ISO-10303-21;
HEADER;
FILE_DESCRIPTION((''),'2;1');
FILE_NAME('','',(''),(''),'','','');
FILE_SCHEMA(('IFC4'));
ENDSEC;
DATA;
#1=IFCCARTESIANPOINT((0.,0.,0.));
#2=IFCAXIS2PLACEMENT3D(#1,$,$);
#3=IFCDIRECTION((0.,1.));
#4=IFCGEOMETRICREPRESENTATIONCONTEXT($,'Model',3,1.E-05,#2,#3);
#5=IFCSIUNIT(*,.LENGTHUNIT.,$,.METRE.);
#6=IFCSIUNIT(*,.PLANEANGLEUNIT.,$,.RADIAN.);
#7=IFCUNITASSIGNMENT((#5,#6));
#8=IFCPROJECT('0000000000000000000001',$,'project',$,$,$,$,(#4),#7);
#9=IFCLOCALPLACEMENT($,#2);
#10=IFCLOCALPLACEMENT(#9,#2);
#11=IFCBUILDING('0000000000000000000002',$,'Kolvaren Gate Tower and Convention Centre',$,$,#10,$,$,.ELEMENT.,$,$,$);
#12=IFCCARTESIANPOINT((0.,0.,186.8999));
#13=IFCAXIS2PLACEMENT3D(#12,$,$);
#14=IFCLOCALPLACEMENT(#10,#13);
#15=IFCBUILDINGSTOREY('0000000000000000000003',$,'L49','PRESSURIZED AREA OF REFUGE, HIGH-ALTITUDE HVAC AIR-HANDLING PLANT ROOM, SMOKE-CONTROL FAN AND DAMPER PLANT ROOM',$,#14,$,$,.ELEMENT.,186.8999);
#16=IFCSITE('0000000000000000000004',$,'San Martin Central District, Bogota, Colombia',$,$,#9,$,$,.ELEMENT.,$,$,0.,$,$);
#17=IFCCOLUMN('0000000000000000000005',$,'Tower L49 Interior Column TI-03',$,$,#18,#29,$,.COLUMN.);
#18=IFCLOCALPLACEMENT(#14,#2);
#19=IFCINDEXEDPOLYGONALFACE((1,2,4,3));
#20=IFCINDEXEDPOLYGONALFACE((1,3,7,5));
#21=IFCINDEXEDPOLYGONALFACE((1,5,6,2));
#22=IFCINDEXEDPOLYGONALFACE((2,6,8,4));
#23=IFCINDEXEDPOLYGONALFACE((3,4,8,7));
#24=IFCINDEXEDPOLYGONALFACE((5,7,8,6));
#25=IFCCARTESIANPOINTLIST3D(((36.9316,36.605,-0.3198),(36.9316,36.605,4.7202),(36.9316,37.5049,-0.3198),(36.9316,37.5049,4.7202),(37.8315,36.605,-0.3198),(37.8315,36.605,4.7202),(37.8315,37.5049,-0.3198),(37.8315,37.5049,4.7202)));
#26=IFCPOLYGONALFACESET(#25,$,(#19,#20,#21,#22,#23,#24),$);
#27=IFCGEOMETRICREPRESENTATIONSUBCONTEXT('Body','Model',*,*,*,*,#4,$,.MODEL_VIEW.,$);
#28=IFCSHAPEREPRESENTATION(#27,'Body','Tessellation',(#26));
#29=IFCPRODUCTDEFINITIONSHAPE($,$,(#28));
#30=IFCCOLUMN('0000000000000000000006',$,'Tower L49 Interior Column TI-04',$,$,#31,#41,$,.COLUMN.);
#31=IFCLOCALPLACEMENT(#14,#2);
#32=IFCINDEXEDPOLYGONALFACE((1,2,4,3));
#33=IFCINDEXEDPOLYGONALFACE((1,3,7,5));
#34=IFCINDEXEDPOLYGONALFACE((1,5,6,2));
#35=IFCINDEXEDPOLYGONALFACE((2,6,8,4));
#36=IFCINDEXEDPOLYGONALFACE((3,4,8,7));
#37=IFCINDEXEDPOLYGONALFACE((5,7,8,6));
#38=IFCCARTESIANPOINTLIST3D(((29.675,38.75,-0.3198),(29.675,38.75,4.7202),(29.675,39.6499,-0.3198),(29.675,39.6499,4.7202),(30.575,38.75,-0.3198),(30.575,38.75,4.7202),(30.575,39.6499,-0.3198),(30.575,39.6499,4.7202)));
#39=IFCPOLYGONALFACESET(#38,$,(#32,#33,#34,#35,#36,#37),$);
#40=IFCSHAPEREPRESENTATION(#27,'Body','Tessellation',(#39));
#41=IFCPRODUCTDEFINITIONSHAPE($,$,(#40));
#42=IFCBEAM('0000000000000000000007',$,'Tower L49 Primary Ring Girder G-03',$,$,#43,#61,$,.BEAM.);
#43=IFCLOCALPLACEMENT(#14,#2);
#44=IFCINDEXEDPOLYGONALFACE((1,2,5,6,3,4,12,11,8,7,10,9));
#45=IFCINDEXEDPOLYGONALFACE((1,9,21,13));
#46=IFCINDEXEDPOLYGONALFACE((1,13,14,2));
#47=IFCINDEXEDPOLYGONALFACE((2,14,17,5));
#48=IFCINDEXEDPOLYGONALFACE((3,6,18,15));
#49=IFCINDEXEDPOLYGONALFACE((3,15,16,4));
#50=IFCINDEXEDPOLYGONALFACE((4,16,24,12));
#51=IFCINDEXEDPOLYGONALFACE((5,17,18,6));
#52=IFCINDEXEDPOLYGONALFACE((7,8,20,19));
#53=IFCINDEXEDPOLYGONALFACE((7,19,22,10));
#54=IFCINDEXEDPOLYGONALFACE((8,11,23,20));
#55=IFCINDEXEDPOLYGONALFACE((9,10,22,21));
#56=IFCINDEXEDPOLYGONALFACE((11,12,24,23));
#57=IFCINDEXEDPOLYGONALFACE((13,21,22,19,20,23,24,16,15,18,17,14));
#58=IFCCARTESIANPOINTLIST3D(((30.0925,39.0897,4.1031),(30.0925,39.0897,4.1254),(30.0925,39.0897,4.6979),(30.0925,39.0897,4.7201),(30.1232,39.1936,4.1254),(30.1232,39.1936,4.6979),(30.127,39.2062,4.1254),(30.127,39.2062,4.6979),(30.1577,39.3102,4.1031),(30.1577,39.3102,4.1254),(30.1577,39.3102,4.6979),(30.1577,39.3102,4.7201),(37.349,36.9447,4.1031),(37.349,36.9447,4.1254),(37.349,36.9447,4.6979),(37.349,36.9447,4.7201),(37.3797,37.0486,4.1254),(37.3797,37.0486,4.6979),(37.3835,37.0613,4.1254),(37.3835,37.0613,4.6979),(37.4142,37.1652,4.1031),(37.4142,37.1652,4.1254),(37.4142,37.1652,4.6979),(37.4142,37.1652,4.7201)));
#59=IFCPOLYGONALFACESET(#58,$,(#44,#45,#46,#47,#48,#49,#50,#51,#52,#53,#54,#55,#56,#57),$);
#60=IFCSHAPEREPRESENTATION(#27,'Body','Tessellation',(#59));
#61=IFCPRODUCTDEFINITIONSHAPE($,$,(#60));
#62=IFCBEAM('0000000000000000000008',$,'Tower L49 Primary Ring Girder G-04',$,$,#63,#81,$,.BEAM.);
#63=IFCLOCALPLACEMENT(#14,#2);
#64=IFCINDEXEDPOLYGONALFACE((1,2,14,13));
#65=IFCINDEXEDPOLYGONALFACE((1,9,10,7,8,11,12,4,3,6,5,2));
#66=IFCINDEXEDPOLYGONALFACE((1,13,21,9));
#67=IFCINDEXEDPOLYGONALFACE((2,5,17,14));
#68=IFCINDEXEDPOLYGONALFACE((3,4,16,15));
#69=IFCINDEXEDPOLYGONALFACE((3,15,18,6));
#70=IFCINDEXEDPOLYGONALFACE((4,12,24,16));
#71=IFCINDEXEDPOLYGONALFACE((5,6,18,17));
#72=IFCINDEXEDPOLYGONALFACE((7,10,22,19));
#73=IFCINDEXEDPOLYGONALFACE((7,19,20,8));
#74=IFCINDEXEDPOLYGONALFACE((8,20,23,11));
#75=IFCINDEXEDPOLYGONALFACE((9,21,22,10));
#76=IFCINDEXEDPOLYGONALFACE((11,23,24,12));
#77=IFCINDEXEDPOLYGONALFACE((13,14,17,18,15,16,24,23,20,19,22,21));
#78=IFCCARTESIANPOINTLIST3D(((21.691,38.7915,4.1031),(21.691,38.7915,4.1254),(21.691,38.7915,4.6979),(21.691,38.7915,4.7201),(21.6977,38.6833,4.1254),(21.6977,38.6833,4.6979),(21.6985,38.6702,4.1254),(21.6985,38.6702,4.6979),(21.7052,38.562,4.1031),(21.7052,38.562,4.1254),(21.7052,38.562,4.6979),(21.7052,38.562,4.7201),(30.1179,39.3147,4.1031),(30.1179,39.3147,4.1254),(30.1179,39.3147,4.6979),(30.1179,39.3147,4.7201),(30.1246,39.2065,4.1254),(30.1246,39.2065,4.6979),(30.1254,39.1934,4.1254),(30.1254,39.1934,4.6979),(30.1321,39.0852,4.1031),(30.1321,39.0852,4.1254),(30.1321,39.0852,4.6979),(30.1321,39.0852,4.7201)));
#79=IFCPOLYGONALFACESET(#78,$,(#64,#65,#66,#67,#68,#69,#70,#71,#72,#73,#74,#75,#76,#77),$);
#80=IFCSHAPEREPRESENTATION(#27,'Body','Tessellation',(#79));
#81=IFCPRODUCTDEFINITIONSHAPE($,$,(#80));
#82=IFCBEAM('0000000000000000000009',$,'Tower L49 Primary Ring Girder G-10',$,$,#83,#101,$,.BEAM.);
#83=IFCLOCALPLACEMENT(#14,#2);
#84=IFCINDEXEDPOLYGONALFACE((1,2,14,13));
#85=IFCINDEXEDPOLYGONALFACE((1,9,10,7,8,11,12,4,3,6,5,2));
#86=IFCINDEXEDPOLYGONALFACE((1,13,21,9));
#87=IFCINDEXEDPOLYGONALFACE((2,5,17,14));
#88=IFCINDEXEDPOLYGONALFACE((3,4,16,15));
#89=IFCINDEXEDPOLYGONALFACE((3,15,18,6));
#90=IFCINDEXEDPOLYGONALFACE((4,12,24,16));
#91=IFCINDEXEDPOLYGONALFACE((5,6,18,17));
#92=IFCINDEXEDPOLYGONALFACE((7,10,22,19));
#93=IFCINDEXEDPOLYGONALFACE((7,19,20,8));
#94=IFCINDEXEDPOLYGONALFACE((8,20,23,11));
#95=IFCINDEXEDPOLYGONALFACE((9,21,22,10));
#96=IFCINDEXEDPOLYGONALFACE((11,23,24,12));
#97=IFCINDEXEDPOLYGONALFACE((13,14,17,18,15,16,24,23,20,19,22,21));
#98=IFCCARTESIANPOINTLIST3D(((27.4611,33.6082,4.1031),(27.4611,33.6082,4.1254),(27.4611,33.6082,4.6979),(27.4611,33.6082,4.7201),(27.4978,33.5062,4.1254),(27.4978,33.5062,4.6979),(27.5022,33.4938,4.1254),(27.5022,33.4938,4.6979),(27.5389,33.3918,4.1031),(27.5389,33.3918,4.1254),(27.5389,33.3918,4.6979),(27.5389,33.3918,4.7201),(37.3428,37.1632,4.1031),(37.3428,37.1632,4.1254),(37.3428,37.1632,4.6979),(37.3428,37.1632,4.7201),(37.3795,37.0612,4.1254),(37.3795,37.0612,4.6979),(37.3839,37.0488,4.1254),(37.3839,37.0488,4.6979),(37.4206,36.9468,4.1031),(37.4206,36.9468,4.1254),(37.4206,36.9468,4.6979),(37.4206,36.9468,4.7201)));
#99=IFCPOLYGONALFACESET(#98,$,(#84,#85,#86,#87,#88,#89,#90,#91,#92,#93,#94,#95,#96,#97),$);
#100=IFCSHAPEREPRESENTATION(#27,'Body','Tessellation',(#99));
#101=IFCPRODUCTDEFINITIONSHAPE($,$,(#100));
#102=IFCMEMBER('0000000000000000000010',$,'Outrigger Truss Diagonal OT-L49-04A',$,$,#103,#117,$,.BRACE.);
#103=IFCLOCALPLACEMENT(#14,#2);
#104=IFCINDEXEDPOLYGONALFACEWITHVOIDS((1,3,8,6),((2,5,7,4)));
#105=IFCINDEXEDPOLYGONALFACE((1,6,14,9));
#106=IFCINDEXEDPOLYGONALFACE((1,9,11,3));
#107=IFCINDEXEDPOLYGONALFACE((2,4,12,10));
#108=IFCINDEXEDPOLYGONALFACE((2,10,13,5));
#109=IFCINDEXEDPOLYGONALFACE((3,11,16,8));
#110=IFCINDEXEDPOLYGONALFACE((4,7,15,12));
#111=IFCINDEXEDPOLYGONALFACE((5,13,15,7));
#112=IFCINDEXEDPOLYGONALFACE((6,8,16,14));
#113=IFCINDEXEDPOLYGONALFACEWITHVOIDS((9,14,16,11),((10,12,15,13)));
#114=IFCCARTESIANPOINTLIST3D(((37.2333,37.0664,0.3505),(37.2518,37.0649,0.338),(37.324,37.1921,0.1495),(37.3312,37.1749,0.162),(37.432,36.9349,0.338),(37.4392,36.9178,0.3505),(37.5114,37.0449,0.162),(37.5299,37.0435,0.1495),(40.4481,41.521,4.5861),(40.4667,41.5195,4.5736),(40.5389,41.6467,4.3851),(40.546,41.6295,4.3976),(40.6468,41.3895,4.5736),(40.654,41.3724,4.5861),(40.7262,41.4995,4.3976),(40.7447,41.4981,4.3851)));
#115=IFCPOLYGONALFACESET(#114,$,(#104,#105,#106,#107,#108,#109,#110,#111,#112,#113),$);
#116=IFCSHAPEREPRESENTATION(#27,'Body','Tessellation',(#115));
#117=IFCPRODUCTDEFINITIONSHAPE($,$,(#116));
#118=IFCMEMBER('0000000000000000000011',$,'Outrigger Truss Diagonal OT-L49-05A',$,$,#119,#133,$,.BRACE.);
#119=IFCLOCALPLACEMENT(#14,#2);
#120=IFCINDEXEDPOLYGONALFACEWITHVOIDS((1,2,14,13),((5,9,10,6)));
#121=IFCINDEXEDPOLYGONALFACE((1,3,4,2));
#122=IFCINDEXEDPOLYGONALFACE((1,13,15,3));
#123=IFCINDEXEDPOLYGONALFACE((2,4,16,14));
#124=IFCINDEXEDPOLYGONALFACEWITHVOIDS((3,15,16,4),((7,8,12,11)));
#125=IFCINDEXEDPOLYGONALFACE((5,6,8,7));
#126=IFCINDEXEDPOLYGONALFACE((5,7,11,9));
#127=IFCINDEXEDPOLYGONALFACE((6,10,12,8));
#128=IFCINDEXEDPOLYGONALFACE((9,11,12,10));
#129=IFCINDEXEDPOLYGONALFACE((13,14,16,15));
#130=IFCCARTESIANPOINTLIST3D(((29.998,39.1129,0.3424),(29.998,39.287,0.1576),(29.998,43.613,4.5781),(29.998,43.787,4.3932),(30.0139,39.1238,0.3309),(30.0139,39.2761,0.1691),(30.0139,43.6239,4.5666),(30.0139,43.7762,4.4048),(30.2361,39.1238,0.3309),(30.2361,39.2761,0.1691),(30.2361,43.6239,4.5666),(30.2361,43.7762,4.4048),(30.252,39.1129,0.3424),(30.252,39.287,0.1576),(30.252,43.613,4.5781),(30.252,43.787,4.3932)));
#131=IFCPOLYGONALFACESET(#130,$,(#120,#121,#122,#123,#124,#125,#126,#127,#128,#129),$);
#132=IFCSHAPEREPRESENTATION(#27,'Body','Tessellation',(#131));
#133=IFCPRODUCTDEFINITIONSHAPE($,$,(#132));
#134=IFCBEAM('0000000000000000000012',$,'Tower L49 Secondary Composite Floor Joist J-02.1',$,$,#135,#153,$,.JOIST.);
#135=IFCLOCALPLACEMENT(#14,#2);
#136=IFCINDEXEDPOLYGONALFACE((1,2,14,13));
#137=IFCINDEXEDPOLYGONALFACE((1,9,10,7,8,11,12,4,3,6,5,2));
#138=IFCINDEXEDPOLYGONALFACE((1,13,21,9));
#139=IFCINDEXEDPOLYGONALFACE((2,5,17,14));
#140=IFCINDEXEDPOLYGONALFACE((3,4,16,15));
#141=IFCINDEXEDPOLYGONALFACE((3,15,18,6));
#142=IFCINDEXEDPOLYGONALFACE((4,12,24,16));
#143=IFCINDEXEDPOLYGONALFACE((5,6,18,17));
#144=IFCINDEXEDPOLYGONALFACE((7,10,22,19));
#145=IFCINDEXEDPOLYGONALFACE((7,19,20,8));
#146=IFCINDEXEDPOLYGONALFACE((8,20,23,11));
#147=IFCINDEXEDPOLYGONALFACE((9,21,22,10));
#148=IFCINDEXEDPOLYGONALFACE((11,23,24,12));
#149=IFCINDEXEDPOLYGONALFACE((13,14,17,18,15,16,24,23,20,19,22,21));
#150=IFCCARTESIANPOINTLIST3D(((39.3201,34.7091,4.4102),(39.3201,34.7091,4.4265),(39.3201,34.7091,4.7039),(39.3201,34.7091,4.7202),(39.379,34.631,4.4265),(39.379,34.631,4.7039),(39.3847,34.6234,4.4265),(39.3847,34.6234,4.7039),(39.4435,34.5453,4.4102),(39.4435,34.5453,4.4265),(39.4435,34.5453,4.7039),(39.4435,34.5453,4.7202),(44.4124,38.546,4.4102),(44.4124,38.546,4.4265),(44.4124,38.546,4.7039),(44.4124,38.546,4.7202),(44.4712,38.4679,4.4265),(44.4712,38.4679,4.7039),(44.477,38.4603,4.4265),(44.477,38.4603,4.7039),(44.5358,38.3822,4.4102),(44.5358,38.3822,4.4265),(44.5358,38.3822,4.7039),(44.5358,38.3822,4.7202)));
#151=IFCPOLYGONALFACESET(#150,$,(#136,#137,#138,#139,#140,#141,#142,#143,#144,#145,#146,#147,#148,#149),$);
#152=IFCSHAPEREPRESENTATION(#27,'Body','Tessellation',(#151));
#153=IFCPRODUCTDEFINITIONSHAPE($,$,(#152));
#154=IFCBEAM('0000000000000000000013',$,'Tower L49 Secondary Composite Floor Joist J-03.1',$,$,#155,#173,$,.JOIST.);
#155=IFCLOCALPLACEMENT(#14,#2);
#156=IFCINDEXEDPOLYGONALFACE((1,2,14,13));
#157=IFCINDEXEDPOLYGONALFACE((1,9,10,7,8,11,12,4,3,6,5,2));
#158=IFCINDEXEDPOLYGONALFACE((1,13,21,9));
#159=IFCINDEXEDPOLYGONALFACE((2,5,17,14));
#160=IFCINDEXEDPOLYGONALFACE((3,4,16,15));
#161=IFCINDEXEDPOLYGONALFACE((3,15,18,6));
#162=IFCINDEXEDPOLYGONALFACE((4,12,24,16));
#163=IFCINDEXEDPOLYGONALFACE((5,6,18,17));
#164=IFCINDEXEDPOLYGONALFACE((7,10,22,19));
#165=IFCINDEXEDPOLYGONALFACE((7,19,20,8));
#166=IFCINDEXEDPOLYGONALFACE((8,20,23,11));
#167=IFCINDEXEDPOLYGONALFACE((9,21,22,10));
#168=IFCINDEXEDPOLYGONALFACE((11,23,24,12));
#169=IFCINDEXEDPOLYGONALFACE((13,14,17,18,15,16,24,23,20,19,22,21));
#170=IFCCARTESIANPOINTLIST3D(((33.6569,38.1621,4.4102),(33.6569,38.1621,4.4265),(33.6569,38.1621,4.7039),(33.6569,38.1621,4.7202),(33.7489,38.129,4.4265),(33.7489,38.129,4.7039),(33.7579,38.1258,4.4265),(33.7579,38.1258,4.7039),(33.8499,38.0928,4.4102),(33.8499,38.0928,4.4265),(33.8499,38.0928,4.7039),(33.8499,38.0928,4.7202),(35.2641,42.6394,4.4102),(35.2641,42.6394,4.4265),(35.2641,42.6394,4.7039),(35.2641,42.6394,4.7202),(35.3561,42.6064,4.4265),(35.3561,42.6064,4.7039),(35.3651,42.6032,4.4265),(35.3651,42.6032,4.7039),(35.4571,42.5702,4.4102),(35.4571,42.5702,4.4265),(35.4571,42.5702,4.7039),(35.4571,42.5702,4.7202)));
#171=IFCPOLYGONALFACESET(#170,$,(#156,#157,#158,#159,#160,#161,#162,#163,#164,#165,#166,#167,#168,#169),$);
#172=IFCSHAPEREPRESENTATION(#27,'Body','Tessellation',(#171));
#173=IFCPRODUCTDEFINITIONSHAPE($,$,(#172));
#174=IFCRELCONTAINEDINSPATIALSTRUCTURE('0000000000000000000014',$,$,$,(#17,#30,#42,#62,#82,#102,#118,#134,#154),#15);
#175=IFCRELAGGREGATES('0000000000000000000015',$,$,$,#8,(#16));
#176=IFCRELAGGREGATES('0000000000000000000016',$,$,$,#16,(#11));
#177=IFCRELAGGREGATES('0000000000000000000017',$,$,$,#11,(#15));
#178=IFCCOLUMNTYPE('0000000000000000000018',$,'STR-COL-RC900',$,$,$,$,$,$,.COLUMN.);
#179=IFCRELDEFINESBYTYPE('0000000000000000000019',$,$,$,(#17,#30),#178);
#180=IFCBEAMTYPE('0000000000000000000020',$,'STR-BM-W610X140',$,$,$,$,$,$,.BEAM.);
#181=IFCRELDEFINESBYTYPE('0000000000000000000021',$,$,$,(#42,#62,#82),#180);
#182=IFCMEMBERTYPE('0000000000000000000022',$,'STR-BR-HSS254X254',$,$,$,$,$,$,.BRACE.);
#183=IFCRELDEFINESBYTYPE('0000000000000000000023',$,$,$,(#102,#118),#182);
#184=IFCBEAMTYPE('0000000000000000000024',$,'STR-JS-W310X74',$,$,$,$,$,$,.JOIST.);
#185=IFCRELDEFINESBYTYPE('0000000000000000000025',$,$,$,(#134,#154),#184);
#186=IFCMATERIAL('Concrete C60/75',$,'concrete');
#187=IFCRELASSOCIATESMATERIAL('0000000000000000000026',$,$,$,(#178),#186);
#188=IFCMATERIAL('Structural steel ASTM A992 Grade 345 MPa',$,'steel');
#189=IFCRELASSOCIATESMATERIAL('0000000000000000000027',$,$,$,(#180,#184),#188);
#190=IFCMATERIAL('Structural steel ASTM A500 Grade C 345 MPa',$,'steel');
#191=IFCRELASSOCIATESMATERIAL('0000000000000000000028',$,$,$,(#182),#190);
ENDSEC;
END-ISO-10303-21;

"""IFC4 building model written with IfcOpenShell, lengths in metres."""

from ifc_helpers import new_model, si_unit, direction, frame, origin, origin_2d, place, context, subcontext, project, spatial, rectangle, hollow_rectangle, i_section, extrude, material, material_profile, profile_set, type_object, element, save


model = new_model("IFC4")

# Units and contexts
model_context = context("Model", 3, precision=1e-05, world=origin(), true_north=direction((0.0, 1.0)))
body_context = subcontext(model_context, "Body", "Model", "MODEL_VIEW")
ifc_project = project(units=[si_unit("LENGTHUNIT", "METRE"), si_unit("PLANEANGLEUNIT", "RADIAN")], contexts=[model_context])

# Site, building, storey
site_placement = place(None, origin())
site = spatial("IfcSite", under=ifc_project, at=site_placement, Name="San Martin Central District, Bogota, Colombia", CompositionType="ELEMENT", RefElevation=0.0)
building_placement = place(site_placement, origin())
building = spatial("IfcBuilding", under=site, at=building_placement, Name="Kolvaren Gate Tower and Convention Centre", CompositionType="ELEMENT")
storey_placement = place(building_placement, frame((0.0, 0.0, 186.8999)))
storey = spatial("IfcBuildingStorey", under=building, at=storey_placement, Name="L49", Description="PRESSURIZED AREA OF REFUGE, HIGH-ALTITUDE HVAC AIR-HANDLING PLANT ROOM, SMOKE-CONTROL FAN AND DAMPER PLANT ROOM", CompositionType="ELEMENT", Elevation=186.8999)

# Columns
ifc_material_1 = material(Name="Concrete C60/75", Category="concrete")
ifc_material_profile_1 = material_profile(ifc_material_1, rectangle(XDim=0.8999, YDim=0.8999, at=origin_2d()), Name="RC-COL-900X900")
ifc_profile_set_1 = profile_set([ifc_material_profile_1], Name="Concrete C60/75")
column_type = type_object("IfcColumnType", Name="STR-COL-RC900", PredefinedType="COLUMN", material=ifc_profile_set_1)
for number, where, z_axis, x_axis, name in (
    (1, (37.3816, 37.0549, -0.3198), (0.0, 0.0, 1.0), (1.0, 0.0, 0.0), "Tower L49 Interior Column TI-03"),
    (2, (30.125, 39.2, -0.3198), (0.0, 0.0, 1.0), (1.0, 0.0, 0.0), "Tower L49 Interior Column TI-04"),
):
    element("IfcColumn", number, at=place(storey_placement, frame(where, z_axis=z_axis, x_axis=x_axis)), inside=storey, type_object=column_type, Name=name, PredefinedType="COLUMN", context=body_context, shape_type="SweptSolid", body=[
        extrude(rectangle(XDim=0.8999, YDim=0.8999, at=origin_2d()), origin(), (0.0, 0.0, 1.0), 5.04),
    ])

# Beams
ifc_material_2 = material(Name="Structural steel ASTM A992 Grade 345 MPa", Category="steel")
ifc_material_profile_2 = material_profile(ifc_material_2, i_section(OverallWidth=0.23, OverallDepth=0.6169, WebThickness=0.0132, FlangeThickness=0.0222, at=origin_2d()), Name="W610X140")
ifc_profile_set_2 = profile_set([ifc_material_profile_2], Name="Structural steel ASTM A992 Grade 345 MPa")
beam_type_1 = type_object("IfcBeamType", Name="STR-BM-W610X140", PredefinedType="BEAM", material=ifc_profile_set_2)
beam_1_placement = place(storey_placement, frame((37.3816, 37.0549, 4.4116), z_axis=(-0.958981, 0.283471, 0.0), x_axis=(-0.283471, -0.958981, 0.0)))
element("IfcBeam", 3, at=beam_1_placement, inside=storey, type_object=beam_type_1, Name="Tower L49 Primary Ring Girder G-03", PredefinedType="BEAM", context=body_context, shape_type="SweptSolid", body=[
    extrude(i_section(OverallWidth=0.23, OverallDepth=0.6169, WebThickness=0.0132, FlangeThickness=0.0222, at=origin_2d()), origin(), (0.0, 0.0, 1.0), 7.5669),
])
beam_2_placement = place(storey_placement, frame((30.125, 39.2, 4.4116), z_axis=(-0.998078, -0.061966, 0.0), x_axis=(0.061966, -0.998078, 0.0)))
element("IfcBeam", 4, at=beam_2_placement, inside=storey, type_object=beam_type_1, Name="Tower L49 Primary Ring Girder G-04", PredefinedType="BEAM", context=body_context, shape_type="SweptSolid", body=[
    extrude(i_section(OverallWidth=0.23, OverallDepth=0.6169, WebThickness=0.0132, FlangeThickness=0.0222, at=origin_2d()), origin(), (0.0, 0.0, 1.0), 8.4431),
])
beam_3_placement = place(storey_placement, frame((27.5, 33.5, 4.4116), z_axis=(0.940961, 0.338514, 0.0), x_axis=(-0.338514, 0.940961, 0.0)))
element("IfcBeam", 5, at=beam_3_placement, inside=storey, type_object=beam_type_1, Name="Tower L49 Primary Ring Girder G-10", PredefinedType="BEAM", context=body_context, shape_type="SweptSolid", body=[
    extrude(i_section(OverallWidth=0.23, OverallDepth=0.6169, WebThickness=0.0132, FlangeThickness=0.0222, at=origin_2d()), origin(), (0.0, 0.0, 1.0), 10.5017),
])

# Members
ifc_material_3 = material(Name="Structural steel ASTM A500 Grade C 345 MPa", Category="steel")
ifc_material_profile_3 = material_profile(ifc_material_3, hollow_rectangle(XDim=0.2539, YDim=0.2539, WallThickness=0.0159, at=origin_2d()), Name="HSS254X254X15.9")
ifc_profile_set_3 = profile_set([ifc_material_profile_3], Name="Structural steel ASTM A500 Grade C 345 MPa")
member_type_1 = type_object("IfcMemberType", Name="STR-BR-HSS254X254", PredefinedType="BRACE", material=ifc_profile_set_3)
member_1_placement = place(storey_placement, frame((37.3816, 37.0549, 0.25), z_axis=(0.463449, 0.64217, 0.6106), x_axis=(-0.810883, 0.585208, 0.0)))
element("IfcMember", 6, at=member_1_placement, inside=storey, type_object=member_type_1, Name="Outrigger Truss Diagonal OT-L49-04A", PredefinedType="BRACE", context=body_context, shape_type="SweptSolid", body=[
    extrude(hollow_rectangle(XDim=0.2539, YDim=0.2539, WallThickness=0.0159, at=origin_2d()), origin(), (0.0, 0.0, 1.0), 6.9368),
])
member_2_placement = place(storey_placement, frame((30.125, 39.2, 0.25), z_axis=(0.0, 0.728176, 0.685391), x_axis=(-1.0, 0.0, 0.0)))
element("IfcMember", 7, at=member_2_placement, inside=storey, type_object=member_type_1, Name="Outrigger Truss Diagonal OT-L49-05A", PredefinedType="BRACE", context=body_context, shape_type="SweptSolid", body=[
    extrude(hollow_rectangle(XDim=0.2539, YDim=0.2539, WallThickness=0.0159, at=origin_2d()), origin(), (0.0, 0.0, 1.0), 6.1799),
])

# Beams
ifc_material_profile_4 = material_profile(ifc_material_2, i_section(OverallWidth=0.2051, OverallDepth=0.3101, WebThickness=0.0095, FlangeThickness=0.0164, at=origin_2d()), Name="W310X74")
ifc_profile_set_4 = profile_set([ifc_material_profile_4], Name="Structural steel ASTM A992 Grade 345 MPa")
beam_type_2 = type_object("IfcBeamType", Name="STR-JS-W310X74", PredefinedType="JOIST", material=ifc_profile_set_4)
beam_4_placement = place(storey_placement, frame((39.3818, 34.6272, 4.5652), z_axis=(0.798666, 0.601775, 0.0), x_axis=(-0.601775, 0.798666, 0.0)))
element("IfcBeam", 8, at=beam_4_placement, inside=storey, type_object=beam_type_2, Name="Tower L49 Secondary Composite Floor Joist J-02.1", PredefinedType="JOIST", context=body_context, shape_type="SweptSolid", body=[
    extrude(i_section(OverallWidth=0.2051, OverallDepth=0.3101, WebThickness=0.0095, FlangeThickness=0.0164, at=origin_2d()), origin(), (0.0, 0.0, 1.0), 6.376),
])
beam_5_placement = place(storey_placement, frame((33.7534, 38.1274, 4.5652), z_axis=(0.337854, 0.941198, 0.0), x_axis=(-0.941198, 0.337854, 0.0)))
element("IfcBeam", 9, at=beam_5_placement, inside=storey, type_object=beam_type_2, Name="Tower L49 Secondary Composite Floor Joist J-03.1", PredefinedType="JOIST", context=body_context, shape_type="SweptSolid", body=[
    extrude(i_section(OverallWidth=0.2051, OverallDepth=0.3101, WebThickness=0.0095, FlangeThickness=0.0164, at=origin_2d()), origin(), (0.0, 0.0, 1.0), 4.7571),
])

save(model, "model.ifc")
